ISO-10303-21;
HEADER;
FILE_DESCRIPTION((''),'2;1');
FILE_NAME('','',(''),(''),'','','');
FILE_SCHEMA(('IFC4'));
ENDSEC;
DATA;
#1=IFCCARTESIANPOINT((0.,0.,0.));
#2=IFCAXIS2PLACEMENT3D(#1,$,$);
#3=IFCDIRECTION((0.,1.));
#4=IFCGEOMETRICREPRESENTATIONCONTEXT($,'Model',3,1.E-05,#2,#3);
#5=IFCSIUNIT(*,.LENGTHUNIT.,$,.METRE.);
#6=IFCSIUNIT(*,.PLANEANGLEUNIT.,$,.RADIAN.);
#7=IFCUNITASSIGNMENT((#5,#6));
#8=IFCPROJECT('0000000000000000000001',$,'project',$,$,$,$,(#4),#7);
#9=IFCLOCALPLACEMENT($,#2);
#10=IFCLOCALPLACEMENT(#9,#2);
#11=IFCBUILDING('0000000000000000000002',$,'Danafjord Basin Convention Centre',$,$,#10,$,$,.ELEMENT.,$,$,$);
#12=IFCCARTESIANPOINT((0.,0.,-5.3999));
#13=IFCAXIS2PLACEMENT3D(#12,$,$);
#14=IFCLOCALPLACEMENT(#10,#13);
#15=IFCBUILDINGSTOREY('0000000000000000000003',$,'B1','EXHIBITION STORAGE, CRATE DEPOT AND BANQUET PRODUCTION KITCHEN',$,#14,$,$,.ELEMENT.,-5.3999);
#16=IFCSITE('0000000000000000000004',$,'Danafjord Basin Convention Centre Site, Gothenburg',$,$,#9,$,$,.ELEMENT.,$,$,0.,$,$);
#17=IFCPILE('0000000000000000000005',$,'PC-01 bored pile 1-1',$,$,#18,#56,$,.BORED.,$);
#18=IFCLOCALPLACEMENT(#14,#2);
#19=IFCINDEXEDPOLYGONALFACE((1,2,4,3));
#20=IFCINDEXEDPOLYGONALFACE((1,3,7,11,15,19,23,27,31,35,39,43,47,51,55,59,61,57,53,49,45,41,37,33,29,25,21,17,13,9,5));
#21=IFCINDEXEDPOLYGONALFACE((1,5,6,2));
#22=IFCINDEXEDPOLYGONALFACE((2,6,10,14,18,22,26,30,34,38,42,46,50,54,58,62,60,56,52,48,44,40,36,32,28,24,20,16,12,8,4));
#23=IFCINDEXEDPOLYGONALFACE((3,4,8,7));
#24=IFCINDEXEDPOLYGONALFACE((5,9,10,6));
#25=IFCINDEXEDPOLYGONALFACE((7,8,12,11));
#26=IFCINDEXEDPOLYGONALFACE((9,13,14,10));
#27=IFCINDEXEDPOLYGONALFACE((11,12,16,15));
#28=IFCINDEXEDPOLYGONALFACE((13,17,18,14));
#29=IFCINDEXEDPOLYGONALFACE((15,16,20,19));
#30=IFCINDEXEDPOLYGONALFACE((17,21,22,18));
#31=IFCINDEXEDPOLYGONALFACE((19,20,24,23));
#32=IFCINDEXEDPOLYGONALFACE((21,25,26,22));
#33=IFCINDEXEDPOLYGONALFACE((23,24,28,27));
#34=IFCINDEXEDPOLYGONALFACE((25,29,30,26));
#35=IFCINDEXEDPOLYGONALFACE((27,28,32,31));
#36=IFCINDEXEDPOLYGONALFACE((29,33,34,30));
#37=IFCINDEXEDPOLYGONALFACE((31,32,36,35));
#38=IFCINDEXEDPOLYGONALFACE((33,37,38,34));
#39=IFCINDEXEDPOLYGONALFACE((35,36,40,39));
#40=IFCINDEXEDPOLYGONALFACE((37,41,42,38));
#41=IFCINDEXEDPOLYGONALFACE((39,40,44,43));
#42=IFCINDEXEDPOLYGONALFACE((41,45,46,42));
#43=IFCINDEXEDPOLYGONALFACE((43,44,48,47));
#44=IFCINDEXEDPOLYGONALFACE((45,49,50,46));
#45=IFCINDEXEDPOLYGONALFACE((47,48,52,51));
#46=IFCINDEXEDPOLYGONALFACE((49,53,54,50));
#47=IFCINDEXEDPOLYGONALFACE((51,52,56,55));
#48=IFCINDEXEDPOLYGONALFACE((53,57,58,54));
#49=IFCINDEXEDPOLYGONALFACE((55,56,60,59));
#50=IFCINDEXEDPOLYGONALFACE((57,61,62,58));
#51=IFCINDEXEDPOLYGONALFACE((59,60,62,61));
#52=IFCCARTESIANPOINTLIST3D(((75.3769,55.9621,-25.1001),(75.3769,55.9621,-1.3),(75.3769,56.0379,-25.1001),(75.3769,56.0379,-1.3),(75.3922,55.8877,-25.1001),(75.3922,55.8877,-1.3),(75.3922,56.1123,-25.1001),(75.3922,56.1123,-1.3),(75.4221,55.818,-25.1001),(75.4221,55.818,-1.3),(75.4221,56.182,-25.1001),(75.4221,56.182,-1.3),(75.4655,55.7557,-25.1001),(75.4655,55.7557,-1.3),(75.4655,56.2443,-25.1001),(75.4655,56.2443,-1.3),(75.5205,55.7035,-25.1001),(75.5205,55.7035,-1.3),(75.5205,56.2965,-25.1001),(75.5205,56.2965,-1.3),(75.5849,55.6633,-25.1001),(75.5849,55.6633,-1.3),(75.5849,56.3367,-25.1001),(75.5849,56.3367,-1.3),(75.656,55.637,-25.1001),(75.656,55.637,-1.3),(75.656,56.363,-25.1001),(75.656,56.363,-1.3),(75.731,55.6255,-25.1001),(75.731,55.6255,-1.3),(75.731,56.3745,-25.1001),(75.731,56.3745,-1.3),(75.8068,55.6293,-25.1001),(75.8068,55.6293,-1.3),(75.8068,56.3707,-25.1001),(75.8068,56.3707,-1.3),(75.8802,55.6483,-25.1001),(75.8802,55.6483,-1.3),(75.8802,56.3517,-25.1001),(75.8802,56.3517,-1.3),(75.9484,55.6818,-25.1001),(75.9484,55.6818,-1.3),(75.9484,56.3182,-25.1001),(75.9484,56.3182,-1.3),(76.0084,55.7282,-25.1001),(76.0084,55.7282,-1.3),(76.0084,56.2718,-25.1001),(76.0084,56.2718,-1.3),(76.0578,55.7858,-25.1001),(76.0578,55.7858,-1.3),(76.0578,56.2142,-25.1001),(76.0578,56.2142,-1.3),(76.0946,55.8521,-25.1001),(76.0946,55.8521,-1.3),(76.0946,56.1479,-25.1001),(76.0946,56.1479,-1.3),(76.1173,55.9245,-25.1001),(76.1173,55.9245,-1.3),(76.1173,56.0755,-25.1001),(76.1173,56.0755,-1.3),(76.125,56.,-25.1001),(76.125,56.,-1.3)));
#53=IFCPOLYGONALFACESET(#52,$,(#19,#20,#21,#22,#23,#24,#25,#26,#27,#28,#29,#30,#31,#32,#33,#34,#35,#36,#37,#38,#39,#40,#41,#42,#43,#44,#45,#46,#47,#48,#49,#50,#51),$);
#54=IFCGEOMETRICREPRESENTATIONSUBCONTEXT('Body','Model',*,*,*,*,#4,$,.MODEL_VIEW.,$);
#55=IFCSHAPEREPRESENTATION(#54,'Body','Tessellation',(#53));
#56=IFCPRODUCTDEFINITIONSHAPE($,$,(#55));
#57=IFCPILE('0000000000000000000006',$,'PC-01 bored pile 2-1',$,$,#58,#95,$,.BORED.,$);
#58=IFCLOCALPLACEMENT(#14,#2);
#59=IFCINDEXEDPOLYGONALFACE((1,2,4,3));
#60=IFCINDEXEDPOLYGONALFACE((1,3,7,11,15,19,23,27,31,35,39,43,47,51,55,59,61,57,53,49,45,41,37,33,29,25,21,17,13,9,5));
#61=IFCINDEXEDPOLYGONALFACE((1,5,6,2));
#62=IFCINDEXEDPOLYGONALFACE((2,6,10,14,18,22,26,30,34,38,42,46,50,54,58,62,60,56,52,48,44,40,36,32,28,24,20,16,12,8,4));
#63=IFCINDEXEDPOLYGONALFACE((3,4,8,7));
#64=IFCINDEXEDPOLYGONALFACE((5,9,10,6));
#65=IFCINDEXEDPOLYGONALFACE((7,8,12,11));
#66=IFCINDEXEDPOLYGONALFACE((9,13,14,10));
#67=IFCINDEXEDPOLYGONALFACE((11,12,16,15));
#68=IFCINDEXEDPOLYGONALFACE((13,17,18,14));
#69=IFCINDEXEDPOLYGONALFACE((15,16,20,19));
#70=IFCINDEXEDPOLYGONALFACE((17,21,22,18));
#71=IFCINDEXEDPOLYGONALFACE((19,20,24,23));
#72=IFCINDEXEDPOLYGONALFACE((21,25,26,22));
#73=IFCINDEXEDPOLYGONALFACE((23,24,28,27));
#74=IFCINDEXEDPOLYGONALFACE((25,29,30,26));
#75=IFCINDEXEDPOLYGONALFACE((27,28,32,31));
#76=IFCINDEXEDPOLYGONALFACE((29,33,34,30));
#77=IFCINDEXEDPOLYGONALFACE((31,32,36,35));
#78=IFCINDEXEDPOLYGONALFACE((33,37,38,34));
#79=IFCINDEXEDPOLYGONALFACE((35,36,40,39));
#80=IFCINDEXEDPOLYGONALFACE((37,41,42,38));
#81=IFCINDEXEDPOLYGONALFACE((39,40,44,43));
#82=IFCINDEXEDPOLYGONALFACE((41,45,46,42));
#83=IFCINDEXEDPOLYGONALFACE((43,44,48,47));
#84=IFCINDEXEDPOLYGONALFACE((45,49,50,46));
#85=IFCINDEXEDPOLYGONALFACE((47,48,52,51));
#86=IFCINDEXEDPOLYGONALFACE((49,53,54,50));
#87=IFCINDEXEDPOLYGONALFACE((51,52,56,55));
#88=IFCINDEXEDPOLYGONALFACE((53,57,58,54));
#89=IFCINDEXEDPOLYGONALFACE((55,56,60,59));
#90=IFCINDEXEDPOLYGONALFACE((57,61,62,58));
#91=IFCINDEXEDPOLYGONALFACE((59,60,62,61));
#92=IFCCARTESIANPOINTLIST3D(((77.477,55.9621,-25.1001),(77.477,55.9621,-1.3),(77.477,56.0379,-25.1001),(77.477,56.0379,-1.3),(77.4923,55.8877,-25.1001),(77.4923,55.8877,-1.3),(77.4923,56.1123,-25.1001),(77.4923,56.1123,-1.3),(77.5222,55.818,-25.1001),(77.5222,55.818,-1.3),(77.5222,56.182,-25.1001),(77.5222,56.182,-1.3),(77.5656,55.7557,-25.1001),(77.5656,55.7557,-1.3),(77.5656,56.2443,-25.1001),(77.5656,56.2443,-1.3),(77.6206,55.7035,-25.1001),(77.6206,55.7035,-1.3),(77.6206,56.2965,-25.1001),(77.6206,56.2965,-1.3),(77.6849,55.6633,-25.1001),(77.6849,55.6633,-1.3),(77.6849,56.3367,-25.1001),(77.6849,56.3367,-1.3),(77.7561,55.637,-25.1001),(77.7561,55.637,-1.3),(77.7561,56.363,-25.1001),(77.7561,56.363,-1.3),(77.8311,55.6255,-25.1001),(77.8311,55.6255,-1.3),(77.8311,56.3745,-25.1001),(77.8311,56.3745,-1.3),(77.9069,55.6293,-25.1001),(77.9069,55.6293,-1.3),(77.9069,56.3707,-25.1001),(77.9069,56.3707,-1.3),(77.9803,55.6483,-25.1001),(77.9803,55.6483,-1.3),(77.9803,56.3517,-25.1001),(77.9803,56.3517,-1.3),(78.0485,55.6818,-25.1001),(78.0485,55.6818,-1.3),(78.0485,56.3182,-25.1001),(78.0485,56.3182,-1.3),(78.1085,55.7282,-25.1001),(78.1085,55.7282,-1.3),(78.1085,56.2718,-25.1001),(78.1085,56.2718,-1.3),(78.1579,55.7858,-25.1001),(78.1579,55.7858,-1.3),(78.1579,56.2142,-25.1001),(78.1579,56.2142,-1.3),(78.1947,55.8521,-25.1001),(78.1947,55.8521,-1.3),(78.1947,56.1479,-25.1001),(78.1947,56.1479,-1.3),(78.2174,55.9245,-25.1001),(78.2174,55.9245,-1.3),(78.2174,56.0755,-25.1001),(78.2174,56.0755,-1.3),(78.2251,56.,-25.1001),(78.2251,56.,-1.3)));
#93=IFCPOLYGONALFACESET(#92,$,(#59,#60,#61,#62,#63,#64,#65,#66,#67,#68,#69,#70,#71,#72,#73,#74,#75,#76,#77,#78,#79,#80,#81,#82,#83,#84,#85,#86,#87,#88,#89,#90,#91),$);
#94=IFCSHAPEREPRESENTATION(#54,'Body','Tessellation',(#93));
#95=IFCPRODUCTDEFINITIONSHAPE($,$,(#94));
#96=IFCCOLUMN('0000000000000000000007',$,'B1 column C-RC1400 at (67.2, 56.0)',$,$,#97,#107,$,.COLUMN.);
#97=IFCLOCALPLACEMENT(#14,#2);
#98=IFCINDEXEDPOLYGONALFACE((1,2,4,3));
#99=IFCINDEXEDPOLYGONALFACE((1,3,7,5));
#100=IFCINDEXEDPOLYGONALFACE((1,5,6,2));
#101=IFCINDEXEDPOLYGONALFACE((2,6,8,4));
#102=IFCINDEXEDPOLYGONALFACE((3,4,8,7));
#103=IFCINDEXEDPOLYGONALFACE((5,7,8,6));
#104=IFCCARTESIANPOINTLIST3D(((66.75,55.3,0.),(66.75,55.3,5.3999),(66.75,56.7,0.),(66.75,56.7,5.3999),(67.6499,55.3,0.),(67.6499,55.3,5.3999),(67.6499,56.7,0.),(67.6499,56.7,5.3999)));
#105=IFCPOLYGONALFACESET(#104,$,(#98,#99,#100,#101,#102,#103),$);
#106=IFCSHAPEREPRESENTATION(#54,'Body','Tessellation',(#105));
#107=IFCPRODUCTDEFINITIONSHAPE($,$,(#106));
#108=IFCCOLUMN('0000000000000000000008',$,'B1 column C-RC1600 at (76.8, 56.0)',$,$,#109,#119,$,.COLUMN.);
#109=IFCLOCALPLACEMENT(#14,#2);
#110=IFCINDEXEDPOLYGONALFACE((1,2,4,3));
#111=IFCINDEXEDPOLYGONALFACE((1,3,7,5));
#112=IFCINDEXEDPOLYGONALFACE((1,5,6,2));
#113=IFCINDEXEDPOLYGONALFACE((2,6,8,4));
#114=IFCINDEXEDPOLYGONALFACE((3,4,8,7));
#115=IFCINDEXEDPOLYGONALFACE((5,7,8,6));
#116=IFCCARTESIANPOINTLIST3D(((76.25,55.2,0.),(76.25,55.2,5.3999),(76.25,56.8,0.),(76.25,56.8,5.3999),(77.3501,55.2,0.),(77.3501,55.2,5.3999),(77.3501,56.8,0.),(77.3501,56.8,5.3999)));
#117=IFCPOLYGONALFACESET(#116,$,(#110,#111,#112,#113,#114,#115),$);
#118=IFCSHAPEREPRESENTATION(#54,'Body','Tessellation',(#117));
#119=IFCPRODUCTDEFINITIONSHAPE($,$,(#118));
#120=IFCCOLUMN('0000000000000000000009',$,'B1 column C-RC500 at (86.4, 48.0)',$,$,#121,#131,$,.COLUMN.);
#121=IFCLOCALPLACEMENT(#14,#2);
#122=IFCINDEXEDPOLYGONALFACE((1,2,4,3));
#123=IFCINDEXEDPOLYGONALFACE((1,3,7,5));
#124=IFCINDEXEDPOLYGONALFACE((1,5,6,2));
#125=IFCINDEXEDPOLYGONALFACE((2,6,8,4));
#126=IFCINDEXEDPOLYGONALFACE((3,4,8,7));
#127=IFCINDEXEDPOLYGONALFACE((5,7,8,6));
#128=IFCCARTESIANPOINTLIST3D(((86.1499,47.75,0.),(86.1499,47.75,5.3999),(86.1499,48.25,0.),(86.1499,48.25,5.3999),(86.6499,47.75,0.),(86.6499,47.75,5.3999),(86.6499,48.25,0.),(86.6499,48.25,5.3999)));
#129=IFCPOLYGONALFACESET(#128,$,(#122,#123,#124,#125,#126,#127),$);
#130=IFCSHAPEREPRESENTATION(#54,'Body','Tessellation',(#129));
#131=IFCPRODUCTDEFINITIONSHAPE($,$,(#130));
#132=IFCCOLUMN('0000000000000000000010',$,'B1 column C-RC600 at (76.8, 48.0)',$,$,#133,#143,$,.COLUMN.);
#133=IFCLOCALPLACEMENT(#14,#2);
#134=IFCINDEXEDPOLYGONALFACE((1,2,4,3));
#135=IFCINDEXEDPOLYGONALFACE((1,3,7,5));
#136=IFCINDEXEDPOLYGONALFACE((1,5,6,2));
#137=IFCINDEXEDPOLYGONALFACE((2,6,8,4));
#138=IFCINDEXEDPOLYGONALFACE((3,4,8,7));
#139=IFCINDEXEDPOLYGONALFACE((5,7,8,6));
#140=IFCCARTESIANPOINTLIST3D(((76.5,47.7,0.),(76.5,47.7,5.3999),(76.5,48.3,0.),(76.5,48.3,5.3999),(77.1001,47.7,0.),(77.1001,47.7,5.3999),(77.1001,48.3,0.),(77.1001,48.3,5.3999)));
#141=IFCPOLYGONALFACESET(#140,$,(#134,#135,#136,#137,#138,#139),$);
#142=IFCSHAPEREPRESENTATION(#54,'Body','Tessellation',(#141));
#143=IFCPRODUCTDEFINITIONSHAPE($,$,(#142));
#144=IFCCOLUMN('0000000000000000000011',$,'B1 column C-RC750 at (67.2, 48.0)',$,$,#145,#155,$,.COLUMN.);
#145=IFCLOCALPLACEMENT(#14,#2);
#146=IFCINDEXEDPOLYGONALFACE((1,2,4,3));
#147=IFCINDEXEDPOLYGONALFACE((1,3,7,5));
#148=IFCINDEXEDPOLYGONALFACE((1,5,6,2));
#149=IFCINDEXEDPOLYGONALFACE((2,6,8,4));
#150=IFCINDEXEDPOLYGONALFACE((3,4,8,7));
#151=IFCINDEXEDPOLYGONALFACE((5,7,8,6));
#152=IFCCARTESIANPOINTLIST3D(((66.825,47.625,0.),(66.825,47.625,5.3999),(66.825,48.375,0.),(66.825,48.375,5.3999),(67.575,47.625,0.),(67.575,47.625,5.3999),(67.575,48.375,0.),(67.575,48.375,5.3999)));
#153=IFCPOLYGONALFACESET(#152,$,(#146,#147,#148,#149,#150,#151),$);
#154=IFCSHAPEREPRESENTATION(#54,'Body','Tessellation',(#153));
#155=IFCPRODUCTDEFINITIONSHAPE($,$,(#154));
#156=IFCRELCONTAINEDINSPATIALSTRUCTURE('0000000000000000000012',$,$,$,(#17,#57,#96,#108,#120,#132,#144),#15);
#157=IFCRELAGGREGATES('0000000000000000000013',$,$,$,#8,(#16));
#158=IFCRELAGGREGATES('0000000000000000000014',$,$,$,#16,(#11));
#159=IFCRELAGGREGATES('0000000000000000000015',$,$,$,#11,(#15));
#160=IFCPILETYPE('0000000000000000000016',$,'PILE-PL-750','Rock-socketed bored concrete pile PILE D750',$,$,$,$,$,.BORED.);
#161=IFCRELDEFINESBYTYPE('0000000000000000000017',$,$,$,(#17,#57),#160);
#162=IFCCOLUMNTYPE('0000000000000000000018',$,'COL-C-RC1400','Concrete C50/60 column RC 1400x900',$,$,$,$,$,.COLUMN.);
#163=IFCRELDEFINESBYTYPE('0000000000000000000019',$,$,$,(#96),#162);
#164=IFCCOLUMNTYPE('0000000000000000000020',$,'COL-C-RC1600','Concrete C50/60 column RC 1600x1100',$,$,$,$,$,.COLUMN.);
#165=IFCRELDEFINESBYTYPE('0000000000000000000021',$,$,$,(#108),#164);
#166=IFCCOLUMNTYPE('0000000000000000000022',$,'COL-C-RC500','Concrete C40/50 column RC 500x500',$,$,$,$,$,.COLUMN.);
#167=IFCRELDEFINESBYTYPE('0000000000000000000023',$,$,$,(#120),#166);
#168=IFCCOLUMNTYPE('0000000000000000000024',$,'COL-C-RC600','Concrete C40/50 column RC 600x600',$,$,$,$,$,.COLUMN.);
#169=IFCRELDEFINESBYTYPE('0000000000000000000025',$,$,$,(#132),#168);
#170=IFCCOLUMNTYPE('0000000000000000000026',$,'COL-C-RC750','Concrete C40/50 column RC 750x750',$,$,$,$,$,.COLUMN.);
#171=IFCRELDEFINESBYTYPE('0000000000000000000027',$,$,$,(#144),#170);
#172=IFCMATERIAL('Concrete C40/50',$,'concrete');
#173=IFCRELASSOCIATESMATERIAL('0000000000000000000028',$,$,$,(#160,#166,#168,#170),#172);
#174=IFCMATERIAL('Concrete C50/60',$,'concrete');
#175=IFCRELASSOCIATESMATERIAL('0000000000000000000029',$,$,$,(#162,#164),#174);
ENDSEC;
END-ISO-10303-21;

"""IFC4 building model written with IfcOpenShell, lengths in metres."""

from ifc_helpers import new_model, si_unit, direction, frame, origin, origin_2d, place, context, subcontext, project, spatial, rectangle, circle, extrude, material, material_profile, profile_set, type_object, element, save


model = new_model("IFC4")

# Units and contexts
model_context = context("Model", 3, precision=1e-05, world=origin(), true_north=direction((0.0, 1.0)))
body_context = subcontext(model_context, "Body", "Model", "MODEL_VIEW")
ifc_project = project(units=[si_unit("LENGTHUNIT", "METRE"), si_unit("PLANEANGLEUNIT", "RADIAN")], contexts=[model_context])

# Site, building, storey
site_placement = place(None, origin())
site = spatial("IfcSite", under=ifc_project, at=site_placement, Name="Danafjord Basin Convention Centre Site, Gothenburg", CompositionType="ELEMENT", RefElevation=0.0)
building_placement = place(site_placement, origin())
building = spatial("IfcBuilding", under=site, at=building_placement, Name="Danafjord Basin Convention Centre", CompositionType="ELEMENT")
storey_placement = place(building_placement, frame((0.0, 0.0, -5.3999)))
storey = spatial("IfcBuildingStorey", under=building, at=storey_placement, Name="B1", Description="EXHIBITION STORAGE, CRATE DEPOT AND BANQUET PRODUCTION KITCHEN", CompositionType="ELEMENT", Elevation=-5.3999)

# Shared definitions
ifc_material_1 = material(Name="Concrete C40/50", Category="concrete")

# Piles
ifc_material_profile_1 = material_profile(ifc_material_1, circle(Radius=0.375, at=origin_2d()), Name="PILE D750")
ifc_profile_set_1 = profile_set([ifc_material_profile_1], Name="Concrete C40/50")
pile_type_1 = type_object("IfcPileType", Name="PILE-PL-750", Description="Rock-socketed bored concrete pile PILE D750", PredefinedType="BORED", material=ifc_profile_set_1)
for number, where, z_axis, x_axis, name in (
    (1, (75.75, 56.0, -1.3), (0.0, 0.0, -1.0), (1.0, 0.0, 0.0), "PC-01 bored pile 1-1"),
    (2, (77.8501, 56.0, -1.3), (0.0, 0.0, -1.0), (1.0, 0.0, 0.0), "PC-01 bored pile 2-1"),
):
    element("IfcPile", number, at=place(storey_placement, frame(where, z_axis=z_axis, x_axis=x_axis)), inside=storey, type_object=pile_type_1, Name=name, PredefinedType="BORED", context=body_context, shape_type="SweptSolid", body=[
        extrude(circle(Radius=0.375, at=origin_2d()), origin(), (0.0, 0.0, 1.0), 23.8),
    ])

# Columns
ifc_material_2 = material(Name="Concrete C50/60", Category="concrete")
ifc_material_profile_2 = material_profile(ifc_material_2, rectangle(XDim=0.8999, YDim=1.3999, at=origin_2d()), Name="RC 1400x900")
ifc_profile_set_2 = profile_set([ifc_material_profile_2], Name="Concrete C50/60")
column_type_1 = type_object("IfcColumnType", Name="COL-C-RC1400", Description="Concrete C50/60 column RC 1400x900", PredefinedType="COLUMN", material=ifc_profile_set_2)
column_1_placement = place(storey_placement, frame((67.2, 56.0, 0.0), z_axis=(0.0, 0.0, 1.0), x_axis=(1.0, 0.0, 0.0)))
element("IfcColumn", 3, at=column_1_placement, inside=storey, type_object=column_type_1, Name="B1 column C-RC1400 at (67.2, 56.0)", PredefinedType="COLUMN", context=body_context, shape_type="SweptSolid", body=[
    extrude(rectangle(XDim=0.8999, YDim=1.3999, at=origin_2d()), origin(), (0.0, 0.0, 1.0), 5.3999),
])
ifc_material_profile_3 = material_profile(ifc_material_2, rectangle(XDim=1.1001, YDim=1.6001, at=origin_2d()), Name="RC 1600x1100")
ifc_profile_set_3 = profile_set([ifc_material_profile_3], Name="Concrete C50/60")
column_type_2 = type_object("IfcColumnType", Name="COL-C-RC1600", Description="Concrete C50/60 column RC 1600x1100", PredefinedType="COLUMN", material=ifc_profile_set_3)
column_2_placement = place(storey_placement, frame((76.8, 56.0, 0.0), z_axis=(0.0, 0.0, 1.0), x_axis=(1.0, 0.0, 0.0)))
element("IfcColumn", 4, at=column_2_placement, inside=storey, type_object=column_type_2, Name="B1 column C-RC1600 at (76.8, 56.0)", PredefinedType="COLUMN", context=body_context, shape_type="SweptSolid", body=[
    extrude(rectangle(XDim=1.1001, YDim=1.6001, at=origin_2d()), origin(), (0.0, 0.0, 1.0), 5.3999),
])
ifc_material_profile_4 = material_profile(ifc_material_1, rectangle(XDim=0.5, YDim=0.5, at=origin_2d()), Name="RC 500x500")
ifc_profile_set_4 = profile_set([ifc_material_profile_4], Name="Concrete C40/50")
column_type_3 = type_object("IfcColumnType", Name="COL-C-RC500", Description="Concrete C40/50 column RC 500x500", PredefinedType="COLUMN", material=ifc_profile_set_4)
column_3_placement = place(storey_placement, frame((86.3999, 48.0, 0.0), z_axis=(0.0, 0.0, 1.0), x_axis=(1.0, 0.0, 0.0)))
element("IfcColumn", 5, at=column_3_placement, inside=storey, type_object=column_type_3, Name="B1 column C-RC500 at (86.4, 48.0)", PredefinedType="COLUMN", context=body_context, shape_type="SweptSolid", body=[
    extrude(rectangle(XDim=0.5, YDim=0.5, at=origin_2d()), origin(), (0.0, 0.0, 1.0), 5.3999),
])
ifc_material_profile_5 = material_profile(ifc_material_1, rectangle(XDim=0.6001, YDim=0.6001, at=origin_2d()), Name="RC 600x600")
ifc_profile_set_5 = profile_set([ifc_material_profile_5], Name="Concrete C40/50")
column_type_4 = type_object("IfcColumnType", Name="COL-C-RC600", Description="Concrete C40/50 column RC 600x600", PredefinedType="COLUMN", material=ifc_profile_set_5)
column_4_placement = place(storey_placement, frame((76.8, 48.0, 0.0), z_axis=(0.0, 0.0, 1.0), x_axis=(1.0, 0.0, 0.0)))
element("IfcColumn", 6, at=column_4_placement, inside=storey, type_object=column_type_4, Name="B1 column C-RC600 at (76.8, 48.0)", PredefinedType="COLUMN", context=body_context, shape_type="SweptSolid", body=[
    extrude(rectangle(XDim=0.6001, YDim=0.6001, at=origin_2d()), origin(), (0.0, 0.0, 1.0), 5.3999),
])
ifc_material_profile_6 = material_profile(ifc_material_1, rectangle(XDim=0.75, YDim=0.75, at=origin_2d()), Name="RC 750x750")
ifc_profile_set_6 = profile_set([ifc_material_profile_6], Name="Concrete C40/50")
column_type_5 = type_object("IfcColumnType", Name="COL-C-RC750", Description="Concrete C40/50 column RC 750x750", PredefinedType="COLUMN", material=ifc_profile_set_6)
column_5_placement = place(storey_placement, frame((67.2, 48.0, 0.0), z_axis=(0.0, 0.0, 1.0), x_axis=(1.0, 0.0, 0.0)))
element("IfcColumn", 7, at=column_5_placement, inside=storey, type_object=column_type_5, Name="B1 column C-RC750 at (67.2, 48.0)", PredefinedType="COLUMN", context=body_context, shape_type="SweptSolid", body=[
    extrude(rectangle(XDim=0.75, YDim=0.75, at=origin_2d()), origin(), (0.0, 0.0, 1.0), 5.3999),
])

save(model, "model.ifc")
